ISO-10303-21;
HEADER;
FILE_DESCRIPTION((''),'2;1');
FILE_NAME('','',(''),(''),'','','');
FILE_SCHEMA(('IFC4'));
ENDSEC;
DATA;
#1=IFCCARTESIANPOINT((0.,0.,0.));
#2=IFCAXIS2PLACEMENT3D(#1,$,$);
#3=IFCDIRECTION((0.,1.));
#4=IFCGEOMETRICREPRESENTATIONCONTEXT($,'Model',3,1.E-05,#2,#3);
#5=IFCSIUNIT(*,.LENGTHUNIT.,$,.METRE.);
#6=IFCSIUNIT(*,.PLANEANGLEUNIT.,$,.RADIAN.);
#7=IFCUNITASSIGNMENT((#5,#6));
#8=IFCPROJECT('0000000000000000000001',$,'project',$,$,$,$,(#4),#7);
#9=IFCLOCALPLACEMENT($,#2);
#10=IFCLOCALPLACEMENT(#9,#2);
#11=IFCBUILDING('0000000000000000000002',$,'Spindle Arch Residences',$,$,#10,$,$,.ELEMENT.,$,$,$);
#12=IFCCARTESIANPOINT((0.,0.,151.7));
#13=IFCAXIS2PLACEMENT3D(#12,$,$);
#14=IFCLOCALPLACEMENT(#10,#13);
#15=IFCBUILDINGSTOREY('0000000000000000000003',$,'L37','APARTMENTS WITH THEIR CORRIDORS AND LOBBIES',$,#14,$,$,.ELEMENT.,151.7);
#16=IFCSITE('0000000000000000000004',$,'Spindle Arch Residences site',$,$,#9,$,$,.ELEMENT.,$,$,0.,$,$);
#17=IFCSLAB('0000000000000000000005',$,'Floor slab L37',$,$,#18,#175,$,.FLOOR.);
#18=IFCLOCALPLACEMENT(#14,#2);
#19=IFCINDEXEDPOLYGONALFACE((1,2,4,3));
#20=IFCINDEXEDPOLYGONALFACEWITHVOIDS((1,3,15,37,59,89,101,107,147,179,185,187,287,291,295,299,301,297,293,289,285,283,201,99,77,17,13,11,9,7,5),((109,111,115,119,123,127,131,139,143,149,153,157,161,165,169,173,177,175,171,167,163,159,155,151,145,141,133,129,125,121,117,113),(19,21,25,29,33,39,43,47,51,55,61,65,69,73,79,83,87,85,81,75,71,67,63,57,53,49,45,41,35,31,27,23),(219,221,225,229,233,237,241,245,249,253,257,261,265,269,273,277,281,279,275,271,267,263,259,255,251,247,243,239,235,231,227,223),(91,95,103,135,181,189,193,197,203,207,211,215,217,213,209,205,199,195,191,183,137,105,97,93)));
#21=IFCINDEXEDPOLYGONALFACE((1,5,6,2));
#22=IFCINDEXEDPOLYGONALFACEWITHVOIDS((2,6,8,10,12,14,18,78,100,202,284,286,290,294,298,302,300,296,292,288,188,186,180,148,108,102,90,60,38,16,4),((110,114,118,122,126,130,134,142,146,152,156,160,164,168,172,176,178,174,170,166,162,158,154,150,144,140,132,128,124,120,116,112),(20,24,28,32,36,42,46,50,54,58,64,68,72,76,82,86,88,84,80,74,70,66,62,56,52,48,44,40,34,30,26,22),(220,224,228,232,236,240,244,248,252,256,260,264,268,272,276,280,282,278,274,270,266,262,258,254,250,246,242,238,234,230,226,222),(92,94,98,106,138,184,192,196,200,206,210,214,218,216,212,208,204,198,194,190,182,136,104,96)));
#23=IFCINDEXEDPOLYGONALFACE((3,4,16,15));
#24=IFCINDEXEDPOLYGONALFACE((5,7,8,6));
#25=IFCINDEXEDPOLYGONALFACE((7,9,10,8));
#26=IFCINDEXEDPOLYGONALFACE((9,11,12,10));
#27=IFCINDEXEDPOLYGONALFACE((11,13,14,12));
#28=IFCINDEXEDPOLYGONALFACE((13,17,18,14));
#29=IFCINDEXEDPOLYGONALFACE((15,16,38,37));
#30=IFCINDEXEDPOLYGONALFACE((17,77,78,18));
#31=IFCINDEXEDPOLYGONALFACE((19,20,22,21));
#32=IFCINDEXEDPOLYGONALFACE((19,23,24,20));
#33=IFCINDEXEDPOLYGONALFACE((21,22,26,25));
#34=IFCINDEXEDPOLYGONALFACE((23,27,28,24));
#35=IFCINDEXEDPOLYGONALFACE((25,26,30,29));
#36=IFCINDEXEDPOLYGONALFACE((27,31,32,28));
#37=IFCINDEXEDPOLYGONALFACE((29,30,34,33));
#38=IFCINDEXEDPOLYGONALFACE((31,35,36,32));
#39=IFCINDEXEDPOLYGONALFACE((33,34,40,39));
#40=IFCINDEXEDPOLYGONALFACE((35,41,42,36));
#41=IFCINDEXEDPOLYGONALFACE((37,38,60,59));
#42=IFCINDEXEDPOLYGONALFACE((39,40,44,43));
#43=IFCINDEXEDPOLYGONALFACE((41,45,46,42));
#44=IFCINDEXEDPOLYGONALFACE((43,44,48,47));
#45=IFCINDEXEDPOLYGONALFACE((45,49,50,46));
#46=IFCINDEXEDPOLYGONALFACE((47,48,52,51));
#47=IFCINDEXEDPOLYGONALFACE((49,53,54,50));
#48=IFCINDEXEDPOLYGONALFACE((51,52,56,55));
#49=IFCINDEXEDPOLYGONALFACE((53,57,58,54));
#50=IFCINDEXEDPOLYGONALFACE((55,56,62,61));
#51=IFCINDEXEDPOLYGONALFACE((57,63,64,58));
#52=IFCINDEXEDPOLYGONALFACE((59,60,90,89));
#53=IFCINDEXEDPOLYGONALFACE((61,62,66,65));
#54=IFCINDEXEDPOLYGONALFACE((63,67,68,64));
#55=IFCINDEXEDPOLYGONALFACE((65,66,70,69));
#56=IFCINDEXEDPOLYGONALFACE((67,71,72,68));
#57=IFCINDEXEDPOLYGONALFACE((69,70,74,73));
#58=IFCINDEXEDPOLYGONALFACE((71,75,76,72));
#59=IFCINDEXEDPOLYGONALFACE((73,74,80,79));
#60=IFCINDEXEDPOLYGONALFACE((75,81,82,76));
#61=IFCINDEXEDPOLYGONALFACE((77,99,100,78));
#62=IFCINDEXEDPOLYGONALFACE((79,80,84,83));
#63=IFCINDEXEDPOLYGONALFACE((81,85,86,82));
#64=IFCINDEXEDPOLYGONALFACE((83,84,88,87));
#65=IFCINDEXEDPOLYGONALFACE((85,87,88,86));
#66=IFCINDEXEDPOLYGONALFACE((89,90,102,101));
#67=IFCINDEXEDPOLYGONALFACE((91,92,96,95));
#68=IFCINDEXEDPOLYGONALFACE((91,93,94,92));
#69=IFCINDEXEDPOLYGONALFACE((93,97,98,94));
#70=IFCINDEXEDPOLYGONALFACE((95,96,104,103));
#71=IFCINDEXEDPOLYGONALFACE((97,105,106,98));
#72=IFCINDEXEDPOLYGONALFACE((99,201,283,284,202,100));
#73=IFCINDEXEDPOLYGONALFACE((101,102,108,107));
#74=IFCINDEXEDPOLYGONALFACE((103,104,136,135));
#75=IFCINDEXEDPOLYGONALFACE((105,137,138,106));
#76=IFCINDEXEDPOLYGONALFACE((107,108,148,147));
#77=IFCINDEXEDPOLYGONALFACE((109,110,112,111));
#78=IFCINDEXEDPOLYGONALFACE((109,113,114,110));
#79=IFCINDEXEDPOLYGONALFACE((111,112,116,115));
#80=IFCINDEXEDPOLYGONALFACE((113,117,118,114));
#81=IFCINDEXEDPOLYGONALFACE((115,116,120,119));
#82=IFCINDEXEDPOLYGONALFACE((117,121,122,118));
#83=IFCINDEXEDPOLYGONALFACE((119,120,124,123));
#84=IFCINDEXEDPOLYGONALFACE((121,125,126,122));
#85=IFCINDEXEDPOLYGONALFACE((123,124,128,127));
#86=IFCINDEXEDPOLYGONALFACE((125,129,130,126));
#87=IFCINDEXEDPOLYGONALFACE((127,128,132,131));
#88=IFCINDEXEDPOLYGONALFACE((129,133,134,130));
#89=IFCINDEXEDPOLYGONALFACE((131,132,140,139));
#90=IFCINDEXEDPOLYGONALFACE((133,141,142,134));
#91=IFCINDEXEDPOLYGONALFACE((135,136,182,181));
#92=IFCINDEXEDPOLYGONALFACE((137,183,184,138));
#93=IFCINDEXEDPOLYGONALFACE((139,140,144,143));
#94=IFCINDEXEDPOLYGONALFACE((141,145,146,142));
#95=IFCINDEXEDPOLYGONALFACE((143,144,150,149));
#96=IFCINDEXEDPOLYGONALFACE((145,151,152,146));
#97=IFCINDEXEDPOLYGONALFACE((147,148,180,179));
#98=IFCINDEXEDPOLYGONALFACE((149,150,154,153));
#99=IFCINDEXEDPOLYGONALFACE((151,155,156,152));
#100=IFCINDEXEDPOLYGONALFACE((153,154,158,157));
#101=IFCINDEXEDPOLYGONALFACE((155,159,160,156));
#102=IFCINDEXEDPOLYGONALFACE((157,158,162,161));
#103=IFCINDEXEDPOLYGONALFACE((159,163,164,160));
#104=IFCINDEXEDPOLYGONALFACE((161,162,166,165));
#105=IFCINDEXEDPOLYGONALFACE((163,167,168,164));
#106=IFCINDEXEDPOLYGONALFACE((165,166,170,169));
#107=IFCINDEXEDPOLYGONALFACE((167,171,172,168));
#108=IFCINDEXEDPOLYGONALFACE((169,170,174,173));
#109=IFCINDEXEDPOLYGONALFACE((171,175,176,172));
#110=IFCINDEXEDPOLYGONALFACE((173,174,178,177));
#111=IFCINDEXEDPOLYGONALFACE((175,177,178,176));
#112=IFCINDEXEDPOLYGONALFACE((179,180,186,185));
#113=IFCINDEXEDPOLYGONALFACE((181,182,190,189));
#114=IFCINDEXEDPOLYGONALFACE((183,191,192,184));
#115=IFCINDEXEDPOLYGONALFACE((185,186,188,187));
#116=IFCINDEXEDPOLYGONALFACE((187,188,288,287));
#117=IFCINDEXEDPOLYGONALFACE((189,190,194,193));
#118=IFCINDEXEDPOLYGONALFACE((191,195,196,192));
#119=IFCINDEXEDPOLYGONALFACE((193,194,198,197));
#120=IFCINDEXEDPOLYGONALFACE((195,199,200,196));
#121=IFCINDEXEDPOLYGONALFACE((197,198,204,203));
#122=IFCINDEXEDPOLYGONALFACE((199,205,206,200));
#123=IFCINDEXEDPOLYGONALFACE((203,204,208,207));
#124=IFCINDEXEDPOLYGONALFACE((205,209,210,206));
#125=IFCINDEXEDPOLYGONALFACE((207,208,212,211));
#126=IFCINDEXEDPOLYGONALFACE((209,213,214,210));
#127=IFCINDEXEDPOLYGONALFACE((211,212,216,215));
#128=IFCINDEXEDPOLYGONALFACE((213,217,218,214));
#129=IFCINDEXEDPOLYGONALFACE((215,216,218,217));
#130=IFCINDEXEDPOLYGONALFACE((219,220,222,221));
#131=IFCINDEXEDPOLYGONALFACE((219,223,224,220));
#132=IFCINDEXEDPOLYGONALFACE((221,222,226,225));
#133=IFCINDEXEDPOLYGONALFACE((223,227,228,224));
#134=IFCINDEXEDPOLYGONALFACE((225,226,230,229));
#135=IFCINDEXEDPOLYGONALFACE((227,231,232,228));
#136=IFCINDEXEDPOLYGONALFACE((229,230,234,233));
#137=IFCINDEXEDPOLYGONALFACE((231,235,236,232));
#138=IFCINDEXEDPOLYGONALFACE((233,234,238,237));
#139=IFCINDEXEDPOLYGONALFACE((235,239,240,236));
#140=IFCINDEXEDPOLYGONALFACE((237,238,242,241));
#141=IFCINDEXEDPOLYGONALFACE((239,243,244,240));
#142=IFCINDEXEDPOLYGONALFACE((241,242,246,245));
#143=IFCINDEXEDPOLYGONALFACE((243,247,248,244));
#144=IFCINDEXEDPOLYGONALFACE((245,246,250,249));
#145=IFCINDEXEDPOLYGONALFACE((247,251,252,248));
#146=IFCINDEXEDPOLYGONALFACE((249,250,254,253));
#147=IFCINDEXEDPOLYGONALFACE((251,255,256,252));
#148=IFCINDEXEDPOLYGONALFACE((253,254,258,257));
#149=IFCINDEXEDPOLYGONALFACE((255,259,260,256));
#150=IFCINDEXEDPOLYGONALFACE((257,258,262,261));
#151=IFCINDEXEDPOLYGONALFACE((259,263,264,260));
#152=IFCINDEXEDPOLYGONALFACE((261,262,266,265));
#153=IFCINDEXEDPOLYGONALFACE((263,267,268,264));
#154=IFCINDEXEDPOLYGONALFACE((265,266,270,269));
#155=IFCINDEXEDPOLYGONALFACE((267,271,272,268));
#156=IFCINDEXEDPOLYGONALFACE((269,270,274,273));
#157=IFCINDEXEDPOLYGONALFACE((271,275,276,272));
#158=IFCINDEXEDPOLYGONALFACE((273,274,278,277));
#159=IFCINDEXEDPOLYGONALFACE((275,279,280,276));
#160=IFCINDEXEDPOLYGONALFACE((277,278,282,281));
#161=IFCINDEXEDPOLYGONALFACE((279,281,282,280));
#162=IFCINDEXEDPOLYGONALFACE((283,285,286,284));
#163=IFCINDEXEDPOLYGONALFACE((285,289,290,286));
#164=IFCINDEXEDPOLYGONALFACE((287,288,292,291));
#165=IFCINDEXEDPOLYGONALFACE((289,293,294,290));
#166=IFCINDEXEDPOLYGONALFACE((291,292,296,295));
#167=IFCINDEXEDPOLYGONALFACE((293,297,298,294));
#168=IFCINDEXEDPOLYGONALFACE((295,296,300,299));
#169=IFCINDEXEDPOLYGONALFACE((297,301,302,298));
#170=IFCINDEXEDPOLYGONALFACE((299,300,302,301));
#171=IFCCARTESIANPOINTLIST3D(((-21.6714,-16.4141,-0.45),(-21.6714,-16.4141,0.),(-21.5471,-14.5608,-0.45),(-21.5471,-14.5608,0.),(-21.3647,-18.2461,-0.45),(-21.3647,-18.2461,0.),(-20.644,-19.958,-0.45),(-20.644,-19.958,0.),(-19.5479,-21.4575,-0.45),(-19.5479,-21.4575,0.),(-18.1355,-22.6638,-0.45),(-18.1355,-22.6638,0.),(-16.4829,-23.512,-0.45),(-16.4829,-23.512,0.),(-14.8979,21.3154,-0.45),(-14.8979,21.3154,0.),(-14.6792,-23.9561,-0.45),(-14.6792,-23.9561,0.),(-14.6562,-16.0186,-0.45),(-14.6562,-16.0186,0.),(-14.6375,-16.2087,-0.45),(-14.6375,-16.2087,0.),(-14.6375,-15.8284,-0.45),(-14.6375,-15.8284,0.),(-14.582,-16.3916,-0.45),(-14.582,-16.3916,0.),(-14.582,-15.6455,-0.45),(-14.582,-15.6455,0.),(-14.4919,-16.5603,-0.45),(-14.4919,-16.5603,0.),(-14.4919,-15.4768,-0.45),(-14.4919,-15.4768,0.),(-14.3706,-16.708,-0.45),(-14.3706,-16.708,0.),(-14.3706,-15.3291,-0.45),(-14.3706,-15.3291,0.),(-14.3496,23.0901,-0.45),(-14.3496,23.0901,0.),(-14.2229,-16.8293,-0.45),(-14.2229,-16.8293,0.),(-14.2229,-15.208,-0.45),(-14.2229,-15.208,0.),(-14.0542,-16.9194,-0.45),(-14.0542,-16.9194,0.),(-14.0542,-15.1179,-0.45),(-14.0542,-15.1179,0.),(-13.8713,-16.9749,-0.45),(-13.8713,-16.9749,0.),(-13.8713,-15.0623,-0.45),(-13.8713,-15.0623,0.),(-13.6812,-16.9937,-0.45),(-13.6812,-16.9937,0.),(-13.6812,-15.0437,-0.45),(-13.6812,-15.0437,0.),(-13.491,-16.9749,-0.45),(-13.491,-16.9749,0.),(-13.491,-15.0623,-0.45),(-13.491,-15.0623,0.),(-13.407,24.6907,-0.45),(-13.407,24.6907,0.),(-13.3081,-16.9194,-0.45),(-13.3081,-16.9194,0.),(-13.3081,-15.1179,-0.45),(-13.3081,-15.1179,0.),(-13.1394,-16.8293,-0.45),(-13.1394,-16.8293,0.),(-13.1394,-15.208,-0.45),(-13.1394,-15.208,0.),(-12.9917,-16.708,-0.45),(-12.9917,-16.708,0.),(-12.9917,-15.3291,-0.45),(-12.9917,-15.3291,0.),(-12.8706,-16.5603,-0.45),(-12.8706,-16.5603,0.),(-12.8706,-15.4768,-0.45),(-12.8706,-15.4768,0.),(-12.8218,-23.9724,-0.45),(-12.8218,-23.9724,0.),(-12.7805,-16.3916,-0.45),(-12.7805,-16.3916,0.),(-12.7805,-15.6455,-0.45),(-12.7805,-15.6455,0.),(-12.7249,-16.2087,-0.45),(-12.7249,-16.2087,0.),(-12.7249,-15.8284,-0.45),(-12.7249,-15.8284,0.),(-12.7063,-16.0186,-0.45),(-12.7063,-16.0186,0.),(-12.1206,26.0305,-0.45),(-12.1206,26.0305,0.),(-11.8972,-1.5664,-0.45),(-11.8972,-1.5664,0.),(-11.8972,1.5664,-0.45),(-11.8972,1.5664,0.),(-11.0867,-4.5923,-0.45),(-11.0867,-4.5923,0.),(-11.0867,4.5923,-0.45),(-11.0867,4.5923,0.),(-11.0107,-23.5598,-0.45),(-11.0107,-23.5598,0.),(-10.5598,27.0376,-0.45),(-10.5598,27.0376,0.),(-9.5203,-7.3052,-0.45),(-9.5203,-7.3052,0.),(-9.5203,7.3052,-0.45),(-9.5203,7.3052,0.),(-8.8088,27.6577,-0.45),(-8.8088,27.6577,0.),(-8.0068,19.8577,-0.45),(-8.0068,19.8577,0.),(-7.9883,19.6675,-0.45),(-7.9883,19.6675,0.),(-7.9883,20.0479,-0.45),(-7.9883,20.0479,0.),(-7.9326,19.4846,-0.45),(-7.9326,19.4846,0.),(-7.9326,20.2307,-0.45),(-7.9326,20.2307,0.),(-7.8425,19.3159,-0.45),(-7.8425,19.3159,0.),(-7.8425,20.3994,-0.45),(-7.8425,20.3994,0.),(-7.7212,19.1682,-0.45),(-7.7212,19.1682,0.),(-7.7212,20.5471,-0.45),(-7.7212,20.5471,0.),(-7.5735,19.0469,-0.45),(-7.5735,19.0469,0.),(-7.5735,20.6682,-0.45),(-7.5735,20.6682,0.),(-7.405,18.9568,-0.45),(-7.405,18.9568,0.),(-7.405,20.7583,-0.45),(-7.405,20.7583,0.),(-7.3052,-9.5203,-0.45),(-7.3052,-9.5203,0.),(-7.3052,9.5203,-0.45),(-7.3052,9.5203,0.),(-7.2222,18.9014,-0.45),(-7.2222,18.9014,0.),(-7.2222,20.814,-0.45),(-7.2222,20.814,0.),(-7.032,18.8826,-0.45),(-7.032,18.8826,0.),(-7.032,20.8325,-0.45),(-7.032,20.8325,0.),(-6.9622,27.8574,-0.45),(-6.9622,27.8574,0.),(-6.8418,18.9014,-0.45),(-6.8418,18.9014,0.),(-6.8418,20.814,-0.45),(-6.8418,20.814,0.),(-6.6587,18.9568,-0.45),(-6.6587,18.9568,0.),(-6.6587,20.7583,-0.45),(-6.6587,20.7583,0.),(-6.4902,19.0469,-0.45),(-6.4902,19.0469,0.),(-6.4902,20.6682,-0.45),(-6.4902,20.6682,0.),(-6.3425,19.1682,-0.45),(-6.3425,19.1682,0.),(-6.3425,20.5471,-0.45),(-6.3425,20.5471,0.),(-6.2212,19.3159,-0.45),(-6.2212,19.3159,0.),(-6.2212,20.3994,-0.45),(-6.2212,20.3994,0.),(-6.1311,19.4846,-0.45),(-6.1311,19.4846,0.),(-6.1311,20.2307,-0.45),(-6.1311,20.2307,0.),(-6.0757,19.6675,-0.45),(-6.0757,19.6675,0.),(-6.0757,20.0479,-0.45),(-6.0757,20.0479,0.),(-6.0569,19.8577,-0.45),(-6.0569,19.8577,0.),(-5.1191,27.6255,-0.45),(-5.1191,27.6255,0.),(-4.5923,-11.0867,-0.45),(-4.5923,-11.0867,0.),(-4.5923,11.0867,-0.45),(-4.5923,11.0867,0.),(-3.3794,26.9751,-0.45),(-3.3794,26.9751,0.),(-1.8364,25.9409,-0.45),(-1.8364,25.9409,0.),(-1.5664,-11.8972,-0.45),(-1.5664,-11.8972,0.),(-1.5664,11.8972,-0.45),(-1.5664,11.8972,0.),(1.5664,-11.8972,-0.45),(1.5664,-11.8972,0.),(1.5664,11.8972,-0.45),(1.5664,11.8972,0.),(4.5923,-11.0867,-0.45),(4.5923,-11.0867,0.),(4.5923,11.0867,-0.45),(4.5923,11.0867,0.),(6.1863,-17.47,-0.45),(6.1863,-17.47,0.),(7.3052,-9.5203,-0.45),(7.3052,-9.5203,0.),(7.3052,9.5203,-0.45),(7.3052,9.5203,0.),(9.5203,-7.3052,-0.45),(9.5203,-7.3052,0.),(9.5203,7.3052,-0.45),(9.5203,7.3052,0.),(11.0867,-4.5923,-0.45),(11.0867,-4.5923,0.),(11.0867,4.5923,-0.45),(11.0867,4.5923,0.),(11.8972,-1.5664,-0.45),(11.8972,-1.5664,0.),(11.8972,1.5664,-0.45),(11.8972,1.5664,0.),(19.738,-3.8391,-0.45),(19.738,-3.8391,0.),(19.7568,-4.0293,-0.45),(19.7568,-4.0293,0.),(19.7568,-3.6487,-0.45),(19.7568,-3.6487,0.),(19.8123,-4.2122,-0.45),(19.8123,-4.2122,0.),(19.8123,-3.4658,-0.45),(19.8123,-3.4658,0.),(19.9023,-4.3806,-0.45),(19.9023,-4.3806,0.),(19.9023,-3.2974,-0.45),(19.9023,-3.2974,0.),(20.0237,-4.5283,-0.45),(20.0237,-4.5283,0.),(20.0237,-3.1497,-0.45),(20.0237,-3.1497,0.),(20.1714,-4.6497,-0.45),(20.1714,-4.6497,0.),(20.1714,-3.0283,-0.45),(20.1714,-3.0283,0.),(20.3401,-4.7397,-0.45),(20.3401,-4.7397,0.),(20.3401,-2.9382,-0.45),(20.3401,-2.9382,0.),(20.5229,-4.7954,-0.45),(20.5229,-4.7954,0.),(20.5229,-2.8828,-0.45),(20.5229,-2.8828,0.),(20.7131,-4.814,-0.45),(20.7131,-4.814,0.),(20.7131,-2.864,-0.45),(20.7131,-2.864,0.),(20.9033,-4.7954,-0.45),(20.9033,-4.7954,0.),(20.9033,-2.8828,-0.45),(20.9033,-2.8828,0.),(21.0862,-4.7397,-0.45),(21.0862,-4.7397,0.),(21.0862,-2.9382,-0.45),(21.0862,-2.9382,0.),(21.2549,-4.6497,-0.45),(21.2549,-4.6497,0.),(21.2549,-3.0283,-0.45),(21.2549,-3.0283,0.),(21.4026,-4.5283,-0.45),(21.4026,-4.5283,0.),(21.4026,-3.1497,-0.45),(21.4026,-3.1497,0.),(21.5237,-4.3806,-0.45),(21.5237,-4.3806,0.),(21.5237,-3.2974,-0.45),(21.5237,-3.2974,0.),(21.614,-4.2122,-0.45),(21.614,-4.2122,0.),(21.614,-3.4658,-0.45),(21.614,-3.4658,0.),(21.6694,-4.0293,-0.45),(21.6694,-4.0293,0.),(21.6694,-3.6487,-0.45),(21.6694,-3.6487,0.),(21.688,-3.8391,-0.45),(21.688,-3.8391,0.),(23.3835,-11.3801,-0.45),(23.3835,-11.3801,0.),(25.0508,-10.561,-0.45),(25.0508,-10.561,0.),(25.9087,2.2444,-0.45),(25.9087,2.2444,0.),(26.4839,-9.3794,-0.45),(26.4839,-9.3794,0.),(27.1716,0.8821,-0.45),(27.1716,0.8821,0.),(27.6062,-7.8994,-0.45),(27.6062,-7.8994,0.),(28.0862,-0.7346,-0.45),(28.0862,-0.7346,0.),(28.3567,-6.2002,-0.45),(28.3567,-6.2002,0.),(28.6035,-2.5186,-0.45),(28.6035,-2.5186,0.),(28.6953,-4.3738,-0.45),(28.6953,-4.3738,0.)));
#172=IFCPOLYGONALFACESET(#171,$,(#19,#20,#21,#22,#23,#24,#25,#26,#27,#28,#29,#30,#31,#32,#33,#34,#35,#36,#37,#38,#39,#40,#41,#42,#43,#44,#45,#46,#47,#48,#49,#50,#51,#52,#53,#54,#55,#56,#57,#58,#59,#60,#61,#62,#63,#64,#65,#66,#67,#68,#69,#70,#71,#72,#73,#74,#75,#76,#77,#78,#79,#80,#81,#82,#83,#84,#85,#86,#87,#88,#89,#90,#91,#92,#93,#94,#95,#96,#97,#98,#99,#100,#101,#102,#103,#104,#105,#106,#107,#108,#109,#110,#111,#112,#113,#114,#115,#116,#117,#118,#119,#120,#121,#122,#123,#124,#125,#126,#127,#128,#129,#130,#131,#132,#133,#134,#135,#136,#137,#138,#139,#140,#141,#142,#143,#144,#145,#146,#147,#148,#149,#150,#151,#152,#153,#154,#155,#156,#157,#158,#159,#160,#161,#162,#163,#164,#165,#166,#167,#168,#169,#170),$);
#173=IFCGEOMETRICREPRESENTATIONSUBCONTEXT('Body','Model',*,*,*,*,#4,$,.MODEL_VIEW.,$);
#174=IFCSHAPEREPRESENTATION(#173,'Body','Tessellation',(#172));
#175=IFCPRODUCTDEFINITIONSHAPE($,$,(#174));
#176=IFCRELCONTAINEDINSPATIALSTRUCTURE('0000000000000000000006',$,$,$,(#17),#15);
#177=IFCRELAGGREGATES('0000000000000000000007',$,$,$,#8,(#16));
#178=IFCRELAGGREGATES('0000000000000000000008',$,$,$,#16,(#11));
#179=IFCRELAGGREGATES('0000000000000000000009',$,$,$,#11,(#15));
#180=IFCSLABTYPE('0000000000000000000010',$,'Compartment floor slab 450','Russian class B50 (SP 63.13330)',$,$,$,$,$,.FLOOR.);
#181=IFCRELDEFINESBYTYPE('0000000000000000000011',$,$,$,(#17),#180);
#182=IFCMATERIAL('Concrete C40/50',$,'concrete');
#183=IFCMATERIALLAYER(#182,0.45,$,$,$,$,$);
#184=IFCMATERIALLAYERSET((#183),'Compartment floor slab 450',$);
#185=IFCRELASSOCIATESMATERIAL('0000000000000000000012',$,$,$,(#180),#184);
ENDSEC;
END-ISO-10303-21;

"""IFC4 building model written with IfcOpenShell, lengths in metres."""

from ifc_helpers import new_model, si_unit, direction, frame, origin, place, context, subcontext, project, spatial, polyline, outline, extrude, material, layer, layer_set, type_object, element, save


model = new_model("IFC4")

# Units and contexts
model_context = context("Model", 3, precision=1e-05, world=origin(), true_north=direction((0.0, 1.0)))
body_context = subcontext(model_context, "Body", "Model", "MODEL_VIEW")
ifc_project = project(units=[si_unit("LENGTHUNIT", "METRE"), si_unit("PLANEANGLEUNIT", "RADIAN")], contexts=[model_context])

# Site, building, storey
site_placement = place(None, origin())
site = spatial("IfcSite", under=ifc_project, at=site_placement, Name="Spindle Arch Residences site", CompositionType="ELEMENT", RefElevation=0.0)
building_placement = place(site_placement, origin())
building = spatial("IfcBuilding", under=site, at=building_placement, Name="Spindle Arch Residences", CompositionType="ELEMENT")
storey_placement = place(building_placement, frame((0.0, 0.0, 151.7)))
storey = spatial("IfcBuildingStorey", under=building, at=storey_placement, Name="L37", Description="APARTMENTS WITH THEIR CORRIDORS AND LOBBIES", CompositionType="ELEMENT", Elevation=151.7)

# Slab
ifc_material_1 = material(Name="Concrete C40/50", Category="concrete")
ifc_layer_1 = layer(ifc_material_1, 0.45)
ifc_layer_set_1 = layer_set([ifc_layer_1], Name="Compartment floor slab 450")
slab_type_1 = type_object("IfcSlabType", Name="Compartment floor slab 450", Description="Russian class B50 (SP 63.13330)", PredefinedType="FLOOR", material=ifc_layer_set_1)
slab_1_placement = place(storey_placement, frame((0.0, 0.0, -0.45)))
element("IfcSlab", 1, at=slab_1_placement, inside=storey, type_object=slab_type_1, Name="Floor slab L37", PredefinedType="FLOOR", context=body_context, shape_type="SweptSolid", body=[
    extrude(outline(polyline([(-12.8218, -23.9724), (-14.6792, -23.9561), (-16.4829, -23.512), (-18.1355, -22.6638), (-19.5479, -21.4575), (-20.644, -19.958), (-21.3647, -18.2461), (-21.6714, -16.4141), (-21.5471, -14.5608), (-14.8979, 21.3154), (-14.3496, 23.0901), (-13.407, 24.6907), (-12.1206, 26.0305), (-10.5598, 27.0376), (-8.8088, 27.6577), (-6.9622, 27.8574), (-5.1191, 27.6255), (-3.3794, 26.9751), (-1.8364, 25.9409), (25.9087, 2.2444), (27.1716, 0.8821), (28.0862, -0.7346), (28.6035, -2.5186), (28.6953, -4.3738), (28.3567, -6.2002), (27.6062, -7.8994), (26.4839, -9.3794), (25.0508, -10.561), (23.3835, -11.3801), (6.1863, -17.47), (-11.0107, -23.5598), (-12.8218, -23.9724)]), holes=[polyline([(7.3052, -9.5203), (9.5203, -7.3052), (11.0867, -4.5923), (11.8972, -1.5664), (11.8972, 1.5664), (11.0867, 4.5923), (9.5203, 7.3052), (7.3052, 9.5203), (4.5923, 11.0867), (1.5664, 11.8972), (-1.5664, 11.8972), (-4.5923, 11.0867), (-7.3052, 9.5203), (-9.5203, 7.3052), (-11.0867, 4.5923), (-11.8972, 1.5664), (-11.8972, -1.5664), (-11.0867, -4.5923), (-9.5203, -7.3052), (-7.3052, -9.5203), (-4.5923, -11.0867), (-1.5664, -11.8972), (1.5664, -11.8972), (4.5923, -11.0867), (7.3052, -9.5203)]), polyline([(-12.9917, -16.708), (-12.8706, -16.5603), (-12.7805, -16.3916), (-12.7249, -16.2087), (-12.7063, -16.0186), (-12.7249, -15.8284), (-12.7805, -15.6455), (-12.8706, -15.4768), (-12.9917, -15.3291), (-13.1394, -15.208), (-13.3081, -15.1179), (-13.491, -15.0623), (-13.6812, -15.0437), (-13.8713, -15.0623), (-14.0542, -15.1179), (-14.2229, -15.208), (-14.3706, -15.3291), (-14.4919, -15.4768), (-14.582, -15.6455), (-14.6375, -15.8284), (-14.6562, -16.0186), (-14.6375, -16.2087), (-14.582, -16.3916), (-14.4919, -16.5603), (-14.3706, -16.708), (-14.2229, -16.8293), (-14.0542, -16.9194), (-13.8713, -16.9749), (-13.6812, -16.9937), (-13.491, -16.9749), (-13.3081, -16.9194), (-13.1394, -16.8293), (-12.9917, -16.708)]), polyline([(-6.2212, 19.3159), (-6.1311, 19.4846), (-6.0757, 19.6675), (-6.0569, 19.8577), (-6.0757, 20.0479), (-6.1311, 20.2307), (-6.2212, 20.3994), (-6.3425, 20.5471), (-6.4902, 20.6682), (-6.6587, 20.7583), (-6.8418, 20.814), (-7.032, 20.8325), (-7.2222, 20.814), (-7.405, 20.7583), (-7.5735, 20.6682), (-7.7212, 20.5471), (-7.8425, 20.3994), (-7.9326, 20.2307), (-7.9883, 20.0479), (-8.0068, 19.8577), (-7.9883, 19.6675), (-7.9326, 19.4846), (-7.8425, 19.3159), (-7.7212, 19.1682), (-7.5735, 19.0469), (-7.405, 18.9568), (-7.2222, 18.9014), (-7.032, 18.8826), (-6.8418, 18.9014), (-6.6587, 18.9568), (-6.4902, 19.0469), (-6.3425, 19.1682), (-6.2212, 19.3159)]), polyline([(21.5237, -4.3806), (21.614, -4.2122), (21.6694, -4.0293), (21.688, -3.8391), (21.6694, -3.6487), (21.614, -3.4658), (21.5237, -3.2974), (21.4026, -3.1497), (21.2549, -3.0283), (21.0862, -2.9382), (20.9033, -2.8828), (20.7131, -2.864), (20.5229, -2.8828), (20.3401, -2.9382), (20.1714, -3.0283), (20.0237, -3.1497), (19.9023, -3.2974), (19.8123, -3.4658), (19.7568, -3.6487), (19.738, -3.8391), (19.7568, -4.0293), (19.8123, -4.2122), (19.9023, -4.3806), (20.0237, -4.5283), (20.1714, -4.6497), (20.3401, -4.7397), (20.5229, -4.7954), (20.7131, -4.814), (20.9033, -4.7954), (21.0862, -4.7397), (21.2549, -4.6497), (21.4026, -4.5283), (21.5237, -4.3806)])]), origin(), (0.0, 0.0, 1.0), 0.45),
])

save(model, "model.ifc")
